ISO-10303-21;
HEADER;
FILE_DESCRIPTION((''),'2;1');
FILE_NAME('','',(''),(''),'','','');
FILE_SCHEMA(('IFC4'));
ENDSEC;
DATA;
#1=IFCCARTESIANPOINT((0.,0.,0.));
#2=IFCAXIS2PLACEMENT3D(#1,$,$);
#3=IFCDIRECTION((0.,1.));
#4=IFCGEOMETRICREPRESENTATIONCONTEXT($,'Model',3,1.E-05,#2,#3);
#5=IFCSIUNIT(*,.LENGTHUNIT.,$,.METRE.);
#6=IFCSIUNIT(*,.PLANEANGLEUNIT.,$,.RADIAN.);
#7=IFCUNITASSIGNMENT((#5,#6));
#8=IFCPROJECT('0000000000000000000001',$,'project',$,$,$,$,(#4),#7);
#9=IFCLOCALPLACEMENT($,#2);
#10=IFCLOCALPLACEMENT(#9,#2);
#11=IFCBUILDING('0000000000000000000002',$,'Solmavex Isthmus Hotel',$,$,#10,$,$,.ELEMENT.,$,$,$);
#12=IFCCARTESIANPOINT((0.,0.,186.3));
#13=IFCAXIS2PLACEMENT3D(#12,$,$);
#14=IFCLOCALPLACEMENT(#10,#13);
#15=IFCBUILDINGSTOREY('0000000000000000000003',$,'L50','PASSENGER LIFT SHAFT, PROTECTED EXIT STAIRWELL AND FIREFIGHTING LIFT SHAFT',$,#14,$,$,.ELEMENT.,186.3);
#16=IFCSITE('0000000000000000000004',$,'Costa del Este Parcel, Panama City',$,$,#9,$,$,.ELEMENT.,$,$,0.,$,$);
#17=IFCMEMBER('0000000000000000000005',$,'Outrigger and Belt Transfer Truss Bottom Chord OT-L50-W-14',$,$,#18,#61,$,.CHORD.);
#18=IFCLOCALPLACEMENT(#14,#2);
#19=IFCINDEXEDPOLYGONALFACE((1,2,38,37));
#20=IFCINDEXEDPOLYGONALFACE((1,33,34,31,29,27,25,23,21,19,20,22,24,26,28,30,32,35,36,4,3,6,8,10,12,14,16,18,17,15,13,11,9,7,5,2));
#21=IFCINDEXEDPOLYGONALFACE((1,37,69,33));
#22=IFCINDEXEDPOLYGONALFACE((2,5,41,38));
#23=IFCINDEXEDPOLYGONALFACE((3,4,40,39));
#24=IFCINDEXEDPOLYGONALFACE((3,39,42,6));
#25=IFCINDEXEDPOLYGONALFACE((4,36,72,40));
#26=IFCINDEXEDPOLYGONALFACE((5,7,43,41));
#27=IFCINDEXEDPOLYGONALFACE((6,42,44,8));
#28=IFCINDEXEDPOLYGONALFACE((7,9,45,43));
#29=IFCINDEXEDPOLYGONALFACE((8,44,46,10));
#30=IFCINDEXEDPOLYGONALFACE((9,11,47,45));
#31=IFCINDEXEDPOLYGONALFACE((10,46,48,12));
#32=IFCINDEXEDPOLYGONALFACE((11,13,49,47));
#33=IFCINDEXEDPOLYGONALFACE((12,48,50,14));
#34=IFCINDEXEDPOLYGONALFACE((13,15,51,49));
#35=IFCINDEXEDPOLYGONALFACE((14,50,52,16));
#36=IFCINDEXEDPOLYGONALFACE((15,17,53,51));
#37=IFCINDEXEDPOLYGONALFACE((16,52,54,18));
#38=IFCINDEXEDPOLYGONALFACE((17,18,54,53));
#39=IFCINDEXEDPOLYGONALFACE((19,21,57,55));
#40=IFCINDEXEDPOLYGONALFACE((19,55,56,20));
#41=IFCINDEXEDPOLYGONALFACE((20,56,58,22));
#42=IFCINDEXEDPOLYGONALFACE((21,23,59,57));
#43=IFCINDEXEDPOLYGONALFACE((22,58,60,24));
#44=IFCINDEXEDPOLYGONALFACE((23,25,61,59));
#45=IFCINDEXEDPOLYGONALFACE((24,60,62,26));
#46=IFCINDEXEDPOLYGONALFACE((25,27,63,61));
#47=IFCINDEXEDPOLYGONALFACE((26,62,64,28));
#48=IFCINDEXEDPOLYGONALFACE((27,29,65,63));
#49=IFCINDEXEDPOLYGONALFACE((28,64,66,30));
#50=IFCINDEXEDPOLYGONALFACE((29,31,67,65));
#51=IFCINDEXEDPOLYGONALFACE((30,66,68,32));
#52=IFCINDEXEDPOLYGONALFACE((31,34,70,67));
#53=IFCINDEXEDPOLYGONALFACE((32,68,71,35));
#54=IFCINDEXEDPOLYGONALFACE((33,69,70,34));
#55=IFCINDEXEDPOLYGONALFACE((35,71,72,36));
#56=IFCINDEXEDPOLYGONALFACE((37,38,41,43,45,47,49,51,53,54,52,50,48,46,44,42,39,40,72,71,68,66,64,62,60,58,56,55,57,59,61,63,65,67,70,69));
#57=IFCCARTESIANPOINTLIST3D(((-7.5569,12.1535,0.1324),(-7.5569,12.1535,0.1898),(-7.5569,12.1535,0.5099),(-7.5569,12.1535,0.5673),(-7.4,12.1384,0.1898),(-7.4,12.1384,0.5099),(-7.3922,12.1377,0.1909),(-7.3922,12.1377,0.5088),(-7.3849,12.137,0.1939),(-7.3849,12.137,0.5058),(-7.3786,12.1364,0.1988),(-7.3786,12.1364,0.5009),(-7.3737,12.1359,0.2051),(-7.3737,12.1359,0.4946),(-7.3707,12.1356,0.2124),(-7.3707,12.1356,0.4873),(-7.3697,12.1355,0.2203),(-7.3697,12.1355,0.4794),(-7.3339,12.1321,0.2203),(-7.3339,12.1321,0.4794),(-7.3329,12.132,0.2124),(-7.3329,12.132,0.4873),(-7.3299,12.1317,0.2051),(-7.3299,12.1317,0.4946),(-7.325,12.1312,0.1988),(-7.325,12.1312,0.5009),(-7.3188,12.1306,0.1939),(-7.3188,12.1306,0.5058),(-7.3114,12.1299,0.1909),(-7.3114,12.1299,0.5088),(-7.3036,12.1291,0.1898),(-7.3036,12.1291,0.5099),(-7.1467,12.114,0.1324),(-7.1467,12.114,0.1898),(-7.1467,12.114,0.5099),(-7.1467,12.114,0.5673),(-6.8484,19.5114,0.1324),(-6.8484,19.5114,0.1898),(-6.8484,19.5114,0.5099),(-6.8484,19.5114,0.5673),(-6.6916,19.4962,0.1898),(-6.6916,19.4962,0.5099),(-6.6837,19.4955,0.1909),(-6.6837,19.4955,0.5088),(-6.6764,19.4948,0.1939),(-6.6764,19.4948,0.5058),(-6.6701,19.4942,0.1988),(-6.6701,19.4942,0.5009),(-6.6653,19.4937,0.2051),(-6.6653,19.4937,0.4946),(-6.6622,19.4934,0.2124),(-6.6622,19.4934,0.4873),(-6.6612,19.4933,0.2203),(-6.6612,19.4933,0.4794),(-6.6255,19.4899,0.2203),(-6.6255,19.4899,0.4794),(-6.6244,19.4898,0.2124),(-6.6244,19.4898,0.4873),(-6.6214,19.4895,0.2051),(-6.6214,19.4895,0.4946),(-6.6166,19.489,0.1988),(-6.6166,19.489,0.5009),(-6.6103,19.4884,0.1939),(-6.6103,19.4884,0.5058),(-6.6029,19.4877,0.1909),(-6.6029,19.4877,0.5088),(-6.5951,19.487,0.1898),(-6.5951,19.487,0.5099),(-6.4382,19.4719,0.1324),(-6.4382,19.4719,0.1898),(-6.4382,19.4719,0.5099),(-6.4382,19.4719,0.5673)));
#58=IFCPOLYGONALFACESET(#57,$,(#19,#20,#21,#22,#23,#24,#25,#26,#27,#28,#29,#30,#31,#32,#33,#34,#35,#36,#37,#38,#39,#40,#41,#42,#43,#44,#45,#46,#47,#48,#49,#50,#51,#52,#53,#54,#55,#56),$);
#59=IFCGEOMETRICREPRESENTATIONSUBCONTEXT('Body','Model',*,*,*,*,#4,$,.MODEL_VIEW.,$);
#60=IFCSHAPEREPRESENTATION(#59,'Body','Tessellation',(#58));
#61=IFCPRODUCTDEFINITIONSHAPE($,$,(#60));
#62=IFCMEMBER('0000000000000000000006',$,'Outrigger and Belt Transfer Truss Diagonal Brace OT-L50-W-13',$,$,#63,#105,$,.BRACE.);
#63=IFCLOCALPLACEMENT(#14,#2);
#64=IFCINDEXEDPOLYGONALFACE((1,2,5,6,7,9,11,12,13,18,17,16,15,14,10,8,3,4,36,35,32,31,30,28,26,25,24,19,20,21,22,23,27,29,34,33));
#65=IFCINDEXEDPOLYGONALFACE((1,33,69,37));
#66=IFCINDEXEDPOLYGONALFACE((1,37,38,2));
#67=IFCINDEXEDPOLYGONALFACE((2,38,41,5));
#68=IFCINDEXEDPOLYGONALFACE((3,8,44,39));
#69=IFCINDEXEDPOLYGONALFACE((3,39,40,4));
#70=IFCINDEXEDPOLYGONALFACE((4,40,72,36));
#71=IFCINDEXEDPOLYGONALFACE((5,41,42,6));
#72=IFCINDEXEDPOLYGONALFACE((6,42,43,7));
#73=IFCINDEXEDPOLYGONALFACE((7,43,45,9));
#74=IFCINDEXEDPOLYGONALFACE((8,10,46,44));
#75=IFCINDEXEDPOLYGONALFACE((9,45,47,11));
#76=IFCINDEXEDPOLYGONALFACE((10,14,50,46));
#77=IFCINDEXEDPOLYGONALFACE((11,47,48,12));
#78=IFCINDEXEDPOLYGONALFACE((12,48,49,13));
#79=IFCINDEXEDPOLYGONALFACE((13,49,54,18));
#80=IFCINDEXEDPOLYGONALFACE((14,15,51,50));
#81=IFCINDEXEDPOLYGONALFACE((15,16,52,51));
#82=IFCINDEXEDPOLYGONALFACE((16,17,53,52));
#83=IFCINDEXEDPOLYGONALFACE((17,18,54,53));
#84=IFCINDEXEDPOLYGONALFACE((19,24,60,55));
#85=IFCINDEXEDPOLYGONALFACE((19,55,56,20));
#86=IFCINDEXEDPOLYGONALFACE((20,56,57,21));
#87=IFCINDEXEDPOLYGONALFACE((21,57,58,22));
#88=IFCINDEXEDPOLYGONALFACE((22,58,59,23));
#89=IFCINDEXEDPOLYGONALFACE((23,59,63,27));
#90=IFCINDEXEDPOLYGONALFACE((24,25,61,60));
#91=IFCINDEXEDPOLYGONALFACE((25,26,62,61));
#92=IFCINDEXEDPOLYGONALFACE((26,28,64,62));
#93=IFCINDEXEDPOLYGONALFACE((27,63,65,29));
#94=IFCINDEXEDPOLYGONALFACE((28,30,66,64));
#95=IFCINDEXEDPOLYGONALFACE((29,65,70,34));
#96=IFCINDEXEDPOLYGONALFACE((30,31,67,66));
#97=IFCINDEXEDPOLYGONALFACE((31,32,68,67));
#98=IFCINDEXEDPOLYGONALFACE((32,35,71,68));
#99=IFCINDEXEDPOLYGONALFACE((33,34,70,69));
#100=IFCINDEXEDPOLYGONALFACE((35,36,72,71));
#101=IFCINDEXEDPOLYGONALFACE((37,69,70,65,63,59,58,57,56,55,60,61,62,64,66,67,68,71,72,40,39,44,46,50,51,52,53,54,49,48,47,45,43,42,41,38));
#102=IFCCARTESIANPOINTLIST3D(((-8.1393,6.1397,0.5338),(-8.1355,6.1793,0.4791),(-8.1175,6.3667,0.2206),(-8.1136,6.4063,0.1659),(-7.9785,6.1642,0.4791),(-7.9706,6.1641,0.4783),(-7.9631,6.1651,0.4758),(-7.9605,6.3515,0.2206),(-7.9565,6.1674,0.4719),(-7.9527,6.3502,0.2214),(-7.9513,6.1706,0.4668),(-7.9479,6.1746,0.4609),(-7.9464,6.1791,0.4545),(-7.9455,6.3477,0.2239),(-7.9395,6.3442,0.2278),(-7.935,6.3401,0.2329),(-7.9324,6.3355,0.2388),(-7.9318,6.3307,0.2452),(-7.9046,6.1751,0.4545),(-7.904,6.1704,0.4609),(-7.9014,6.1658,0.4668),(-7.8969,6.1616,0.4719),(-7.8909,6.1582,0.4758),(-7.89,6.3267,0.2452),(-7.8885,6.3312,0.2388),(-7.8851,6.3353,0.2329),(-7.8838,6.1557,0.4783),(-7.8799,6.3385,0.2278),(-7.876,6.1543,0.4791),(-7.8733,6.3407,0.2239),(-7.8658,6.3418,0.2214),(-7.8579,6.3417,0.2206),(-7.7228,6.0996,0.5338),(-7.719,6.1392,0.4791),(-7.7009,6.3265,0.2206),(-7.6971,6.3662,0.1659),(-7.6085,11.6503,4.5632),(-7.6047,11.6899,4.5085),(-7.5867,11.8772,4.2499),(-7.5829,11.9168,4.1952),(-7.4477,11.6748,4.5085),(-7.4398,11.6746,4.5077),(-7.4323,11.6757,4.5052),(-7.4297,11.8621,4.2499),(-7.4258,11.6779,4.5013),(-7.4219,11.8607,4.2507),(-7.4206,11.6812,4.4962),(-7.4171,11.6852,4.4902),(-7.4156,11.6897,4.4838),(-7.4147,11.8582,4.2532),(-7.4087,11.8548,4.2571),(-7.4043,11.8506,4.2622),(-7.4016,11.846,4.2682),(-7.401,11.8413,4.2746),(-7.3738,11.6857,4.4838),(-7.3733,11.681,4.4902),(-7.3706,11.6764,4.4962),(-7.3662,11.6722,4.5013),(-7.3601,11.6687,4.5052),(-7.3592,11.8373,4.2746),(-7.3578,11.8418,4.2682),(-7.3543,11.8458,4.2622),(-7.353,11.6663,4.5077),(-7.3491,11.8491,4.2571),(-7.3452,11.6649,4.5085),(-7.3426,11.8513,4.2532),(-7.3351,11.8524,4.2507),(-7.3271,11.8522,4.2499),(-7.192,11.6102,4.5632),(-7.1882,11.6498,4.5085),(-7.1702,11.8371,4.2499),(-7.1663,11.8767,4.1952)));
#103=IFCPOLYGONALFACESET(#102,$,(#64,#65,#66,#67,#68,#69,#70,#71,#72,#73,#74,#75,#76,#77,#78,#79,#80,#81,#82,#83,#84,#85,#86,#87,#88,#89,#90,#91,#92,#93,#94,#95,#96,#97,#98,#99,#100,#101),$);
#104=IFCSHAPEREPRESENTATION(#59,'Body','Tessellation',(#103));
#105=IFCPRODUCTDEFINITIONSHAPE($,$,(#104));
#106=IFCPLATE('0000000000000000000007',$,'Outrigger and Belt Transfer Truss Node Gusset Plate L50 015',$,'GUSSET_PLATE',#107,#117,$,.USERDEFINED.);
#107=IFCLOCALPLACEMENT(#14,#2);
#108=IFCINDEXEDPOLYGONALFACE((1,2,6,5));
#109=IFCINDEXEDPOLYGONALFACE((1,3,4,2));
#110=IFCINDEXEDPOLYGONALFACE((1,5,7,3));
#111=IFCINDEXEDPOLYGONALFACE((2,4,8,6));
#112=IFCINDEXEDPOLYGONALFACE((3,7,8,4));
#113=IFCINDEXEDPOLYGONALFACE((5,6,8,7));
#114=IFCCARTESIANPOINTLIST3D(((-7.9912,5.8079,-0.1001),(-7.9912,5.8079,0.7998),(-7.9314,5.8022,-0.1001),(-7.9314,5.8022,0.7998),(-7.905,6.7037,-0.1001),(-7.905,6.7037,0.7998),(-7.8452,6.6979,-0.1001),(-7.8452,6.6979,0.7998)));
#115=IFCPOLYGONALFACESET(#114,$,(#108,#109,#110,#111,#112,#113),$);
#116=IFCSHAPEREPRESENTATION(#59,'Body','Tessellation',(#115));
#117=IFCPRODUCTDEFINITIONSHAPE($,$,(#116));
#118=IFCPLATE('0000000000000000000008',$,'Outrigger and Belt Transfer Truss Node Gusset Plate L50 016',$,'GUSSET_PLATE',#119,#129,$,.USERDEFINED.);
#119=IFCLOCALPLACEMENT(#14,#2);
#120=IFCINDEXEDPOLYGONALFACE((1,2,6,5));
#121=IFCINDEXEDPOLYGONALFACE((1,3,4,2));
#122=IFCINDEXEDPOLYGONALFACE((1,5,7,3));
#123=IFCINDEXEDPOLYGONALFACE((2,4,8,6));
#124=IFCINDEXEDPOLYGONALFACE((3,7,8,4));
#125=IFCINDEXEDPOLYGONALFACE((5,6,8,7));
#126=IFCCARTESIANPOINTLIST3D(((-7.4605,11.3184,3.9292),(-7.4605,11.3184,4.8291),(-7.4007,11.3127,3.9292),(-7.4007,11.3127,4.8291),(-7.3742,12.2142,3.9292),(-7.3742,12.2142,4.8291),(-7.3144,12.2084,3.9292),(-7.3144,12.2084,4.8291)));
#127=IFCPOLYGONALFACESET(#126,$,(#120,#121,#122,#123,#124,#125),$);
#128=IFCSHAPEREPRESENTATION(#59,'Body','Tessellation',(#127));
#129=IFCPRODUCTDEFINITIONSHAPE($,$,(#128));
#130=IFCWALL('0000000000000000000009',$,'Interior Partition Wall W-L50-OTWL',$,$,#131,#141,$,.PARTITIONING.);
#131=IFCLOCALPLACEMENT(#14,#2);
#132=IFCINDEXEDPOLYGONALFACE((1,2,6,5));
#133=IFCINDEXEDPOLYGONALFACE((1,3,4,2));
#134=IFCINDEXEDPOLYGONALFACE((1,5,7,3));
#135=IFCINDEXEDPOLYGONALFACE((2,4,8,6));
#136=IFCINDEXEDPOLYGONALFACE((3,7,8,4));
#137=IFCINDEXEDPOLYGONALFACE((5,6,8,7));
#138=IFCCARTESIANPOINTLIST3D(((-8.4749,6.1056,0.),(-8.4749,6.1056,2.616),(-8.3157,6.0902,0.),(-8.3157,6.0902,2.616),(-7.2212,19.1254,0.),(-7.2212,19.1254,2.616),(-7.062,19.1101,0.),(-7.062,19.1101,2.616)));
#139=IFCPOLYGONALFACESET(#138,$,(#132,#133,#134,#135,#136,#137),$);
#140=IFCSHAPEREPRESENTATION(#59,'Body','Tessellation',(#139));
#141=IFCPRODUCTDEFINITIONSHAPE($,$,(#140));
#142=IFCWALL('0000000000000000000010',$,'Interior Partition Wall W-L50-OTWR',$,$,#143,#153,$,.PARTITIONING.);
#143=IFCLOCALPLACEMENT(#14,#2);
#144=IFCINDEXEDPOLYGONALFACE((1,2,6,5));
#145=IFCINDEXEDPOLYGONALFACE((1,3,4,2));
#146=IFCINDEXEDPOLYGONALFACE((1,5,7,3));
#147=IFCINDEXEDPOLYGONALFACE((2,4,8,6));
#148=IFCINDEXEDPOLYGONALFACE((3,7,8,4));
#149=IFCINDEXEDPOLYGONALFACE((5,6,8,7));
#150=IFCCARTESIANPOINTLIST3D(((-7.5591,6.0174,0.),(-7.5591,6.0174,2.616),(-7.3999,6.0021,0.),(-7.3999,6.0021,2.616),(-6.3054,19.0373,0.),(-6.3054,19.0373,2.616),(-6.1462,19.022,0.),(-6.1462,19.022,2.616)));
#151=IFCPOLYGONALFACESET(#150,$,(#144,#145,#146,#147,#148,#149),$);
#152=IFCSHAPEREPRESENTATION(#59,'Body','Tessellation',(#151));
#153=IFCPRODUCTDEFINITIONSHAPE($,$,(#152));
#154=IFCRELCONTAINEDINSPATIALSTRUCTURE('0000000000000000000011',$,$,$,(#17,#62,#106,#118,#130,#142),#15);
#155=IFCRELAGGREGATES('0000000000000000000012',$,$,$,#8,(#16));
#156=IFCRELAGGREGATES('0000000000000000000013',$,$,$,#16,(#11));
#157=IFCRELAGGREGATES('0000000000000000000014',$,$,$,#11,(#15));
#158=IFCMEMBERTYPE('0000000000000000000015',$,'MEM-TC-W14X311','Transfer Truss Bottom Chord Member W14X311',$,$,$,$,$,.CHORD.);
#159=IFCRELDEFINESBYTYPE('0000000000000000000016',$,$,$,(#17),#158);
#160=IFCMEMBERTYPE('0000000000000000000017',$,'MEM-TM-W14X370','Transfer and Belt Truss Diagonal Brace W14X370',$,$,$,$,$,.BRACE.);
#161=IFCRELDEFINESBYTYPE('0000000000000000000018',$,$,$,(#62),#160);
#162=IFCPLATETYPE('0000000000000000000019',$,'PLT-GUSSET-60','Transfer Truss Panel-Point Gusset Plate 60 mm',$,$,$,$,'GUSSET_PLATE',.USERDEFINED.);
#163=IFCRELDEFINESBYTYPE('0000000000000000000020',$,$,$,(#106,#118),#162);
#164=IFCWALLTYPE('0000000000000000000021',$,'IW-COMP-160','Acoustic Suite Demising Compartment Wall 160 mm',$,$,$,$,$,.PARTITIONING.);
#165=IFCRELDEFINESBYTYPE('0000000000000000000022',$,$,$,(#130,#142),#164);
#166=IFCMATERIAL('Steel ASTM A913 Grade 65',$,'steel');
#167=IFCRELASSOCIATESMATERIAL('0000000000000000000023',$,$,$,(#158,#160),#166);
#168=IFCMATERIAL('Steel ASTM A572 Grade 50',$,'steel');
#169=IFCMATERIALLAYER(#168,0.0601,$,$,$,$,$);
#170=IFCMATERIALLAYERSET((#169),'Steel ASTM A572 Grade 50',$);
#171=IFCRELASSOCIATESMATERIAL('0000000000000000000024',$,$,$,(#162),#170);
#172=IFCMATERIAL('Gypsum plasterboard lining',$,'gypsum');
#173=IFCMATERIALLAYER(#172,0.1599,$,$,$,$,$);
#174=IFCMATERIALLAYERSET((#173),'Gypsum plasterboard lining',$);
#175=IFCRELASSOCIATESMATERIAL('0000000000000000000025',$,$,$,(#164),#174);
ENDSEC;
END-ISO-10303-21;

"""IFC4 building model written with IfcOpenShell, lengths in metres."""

from ifc_helpers import new_model, si_unit, direction, frame, frame_2d, origin, origin_2d, place, context, subcontext, project, spatial, rectangle, i_section, extrude, material, layer, layer_set, material_profile, profile_set, type_object, element, save


model = new_model("IFC4")

# Units and contexts
model_context = context("Model", 3, precision=1e-05, world=origin(), true_north=direction((0.0, 1.0)))
body_context = subcontext(model_context, "Body", "Model", "MODEL_VIEW")
ifc_project = project(units=[si_unit("LENGTHUNIT", "METRE"), si_unit("PLANEANGLEUNIT", "RADIAN")], contexts=[model_context])

# Site, building, storey
site_placement = place(None, origin())
site = spatial("IfcSite", under=ifc_project, at=site_placement, Name="Costa del Este Parcel, Panama City", CompositionType="ELEMENT", RefElevation=0.0)
building_placement = place(site_placement, origin())
building = spatial("IfcBuilding", under=site, at=building_placement, Name="Solmavex Isthmus Hotel", CompositionType="ELEMENT")
storey_placement = place(building_placement, frame((0.0, 0.0, 186.3)))
storey = spatial("IfcBuildingStorey", under=building, at=storey_placement, Name="L50", Description="PASSENGER LIFT SHAFT, PROTECTED EXIT STAIRWELL AND FIREFIGHTING LIFT SHAFT", CompositionType="ELEMENT", Elevation=186.3)

# Shared definitions
ifc_material_1 = material(Name="Steel ASTM A913 Grade 65", Category="steel")

# Members
ifc_material_profile_1 = material_profile(ifc_material_1, i_section(OverallWidth=0.4121, OverallDepth=0.4348, WebThickness=0.0359, FlangeThickness=0.0574, FilletRadius=0.0305, at=origin_2d()), Name="W14X311")
ifc_profile_set_1 = profile_set([ifc_material_profile_1], Name="Steel ASTM A913 Grade 65")
member_type_1 = type_object("IfcMemberType", Name="MEM-TC-W14X311", Description="Transfer Truss Bottom Chord Member W14X311", PredefinedType="CHORD", material=ifc_profile_set_1)
member_1_placement = place(storey_placement, frame((-7.3518, 12.1338, 0.3499), z_axis=(0.095847, 0.995396, 0.0), x_axis=(-0.995396, 0.095847, 0.0)))
element("IfcMember", 1, at=member_1_placement, inside=storey, type_object=member_type_1, Name="Outrigger and Belt Transfer Truss Bottom Chord OT-L50-W-14", PredefinedType="CHORD", context=body_context, shape_type="SweptSolid", body=[
    extrude(i_section(OverallWidth=0.4121, OverallDepth=0.4348, WebThickness=0.0359, FlangeThickness=0.0574, FilletRadius=0.0305, at=origin_2d()), origin(), (0.0, 0.0, 1.0), 7.3918),
])
ifc_material_profile_2 = material_profile(ifc_material_1, i_section(OverallWidth=0.4185, OverallDepth=0.4551, WebThickness=0.042, FlangeThickness=0.0676, FilletRadius=0.0305, at=origin_2d()), Name="W14X370")
ifc_profile_set_2 = profile_set([ifc_material_profile_2], Name="Steel ASTM A913 Grade 65")
member_type_2 = type_object("IfcMemberType", Name="MEM-TM-W14X370", Description="Transfer and Belt Truss Diagonal Brace W14X370", PredefinedType="BRACE", material=ifc_profile_set_2)
member_2_placement = place(storey_placement, frame((-7.9182, 6.2529, 0.3499), z_axis=(0.077516, 0.804795, 0.588469), x_axis=(-0.995393, 0.095875, 0.0)))
element("IfcMember", 2, at=member_2_placement, inside=storey, type_object=member_type_2, Name="Outrigger and Belt Transfer Truss Diagonal Brace OT-L50-W-13", PredefinedType="BRACE", context=body_context, shape_type="SweptSolid", body=[
    extrude(i_section(OverallWidth=0.4185, OverallDepth=0.4551, WebThickness=0.042, FlangeThickness=0.0676, FilletRadius=0.0305, at=origin_2d()), origin(), (0.0, 0.0, 1.0), 6.8472),
])

# Plates
ifc_material_2 = material(Name="Steel ASTM A572 Grade 50", Category="steel")
ifc_layer_1 = layer(ifc_material_2, 0.0601)
ifc_layer_set_1 = layer_set([ifc_layer_1], Name="Steel ASTM A572 Grade 50")
plate_type = type_object("IfcPlateType", Name="PLT-GUSSET-60", Description="Transfer Truss Panel-Point Gusset Plate 60 mm", ElementType="GUSSET_PLATE", PredefinedType="USERDEFINED", material=ifc_layer_set_1)
for number, where, z_axis, x_axis, name in (
    (3, (-7.9182, 6.2529, -0.1001), (0.0, 0.0, 1.0), (0.095846, 0.995396, 0.0), "Outrigger and Belt Transfer Truss Node Gusset Plate L50 015"),
    (4, (-7.3875, 11.7634, 3.9292), (0.0, 0.0, 1.0), (0.095846, 0.995396, 0.0), "Outrigger and Belt Transfer Truss Node Gusset Plate L50 016"),
):
    element("IfcPlate", number, at=place(storey_placement, frame(where, z_axis=z_axis, x_axis=x_axis)), inside=storey, type_object=plate_type, Name=name, ObjectType="GUSSET_PLATE", PredefinedType="USERDEFINED", context=body_context, shape_type="SweptSolid", body=[
        extrude(rectangle(XDim=0.8999, YDim=0.0601, at=origin_2d()), origin(), (0.0, 0.0, 1.0), 0.8999),
    ])

# Walls
ifc_material_3 = material(Name="Gypsum plasterboard lining", Category="gypsum")
ifc_layer_2 = layer(ifc_material_3, 0.1599)
ifc_layer_set_2 = layer_set([ifc_layer_2], Name="Gypsum plasterboard lining")
wall_type = type_object("IfcWallType", Name="IW-COMP-160", Description="Acoustic Suite Demising Compartment Wall 160 mm", PredefinedType="PARTITIONING", material=ifc_layer_set_2)
for number, where, z_axis, x_axis, name in (
    (5, (-8.3953, 6.0979, 0.0), (0.0, 0.0, 1.0), (0.095846, 0.995396, 0.0), "Interior Partition Wall W-L50-OTWL"),
    (6, (-7.4795, 6.0098, 0.0), (0.0, 0.0, 1.0), (0.095846, 0.995396, 0.0), "Interior Partition Wall W-L50-OTWR"),
):
    element("IfcWall", number, at=place(storey_placement, frame(where, z_axis=z_axis, x_axis=x_axis)), inside=storey, type_object=wall_type, Name=name, PredefinedType="PARTITIONING", context=body_context, shape_type="SweptSolid", body=[
        extrude(rectangle(XDim=13.0801, YDim=0.1599, at=frame_2d((6.54, 0.0))), origin(), (0.0, 0.0, 1.0), 2.616),
    ])

save(model, "model.ifc")
